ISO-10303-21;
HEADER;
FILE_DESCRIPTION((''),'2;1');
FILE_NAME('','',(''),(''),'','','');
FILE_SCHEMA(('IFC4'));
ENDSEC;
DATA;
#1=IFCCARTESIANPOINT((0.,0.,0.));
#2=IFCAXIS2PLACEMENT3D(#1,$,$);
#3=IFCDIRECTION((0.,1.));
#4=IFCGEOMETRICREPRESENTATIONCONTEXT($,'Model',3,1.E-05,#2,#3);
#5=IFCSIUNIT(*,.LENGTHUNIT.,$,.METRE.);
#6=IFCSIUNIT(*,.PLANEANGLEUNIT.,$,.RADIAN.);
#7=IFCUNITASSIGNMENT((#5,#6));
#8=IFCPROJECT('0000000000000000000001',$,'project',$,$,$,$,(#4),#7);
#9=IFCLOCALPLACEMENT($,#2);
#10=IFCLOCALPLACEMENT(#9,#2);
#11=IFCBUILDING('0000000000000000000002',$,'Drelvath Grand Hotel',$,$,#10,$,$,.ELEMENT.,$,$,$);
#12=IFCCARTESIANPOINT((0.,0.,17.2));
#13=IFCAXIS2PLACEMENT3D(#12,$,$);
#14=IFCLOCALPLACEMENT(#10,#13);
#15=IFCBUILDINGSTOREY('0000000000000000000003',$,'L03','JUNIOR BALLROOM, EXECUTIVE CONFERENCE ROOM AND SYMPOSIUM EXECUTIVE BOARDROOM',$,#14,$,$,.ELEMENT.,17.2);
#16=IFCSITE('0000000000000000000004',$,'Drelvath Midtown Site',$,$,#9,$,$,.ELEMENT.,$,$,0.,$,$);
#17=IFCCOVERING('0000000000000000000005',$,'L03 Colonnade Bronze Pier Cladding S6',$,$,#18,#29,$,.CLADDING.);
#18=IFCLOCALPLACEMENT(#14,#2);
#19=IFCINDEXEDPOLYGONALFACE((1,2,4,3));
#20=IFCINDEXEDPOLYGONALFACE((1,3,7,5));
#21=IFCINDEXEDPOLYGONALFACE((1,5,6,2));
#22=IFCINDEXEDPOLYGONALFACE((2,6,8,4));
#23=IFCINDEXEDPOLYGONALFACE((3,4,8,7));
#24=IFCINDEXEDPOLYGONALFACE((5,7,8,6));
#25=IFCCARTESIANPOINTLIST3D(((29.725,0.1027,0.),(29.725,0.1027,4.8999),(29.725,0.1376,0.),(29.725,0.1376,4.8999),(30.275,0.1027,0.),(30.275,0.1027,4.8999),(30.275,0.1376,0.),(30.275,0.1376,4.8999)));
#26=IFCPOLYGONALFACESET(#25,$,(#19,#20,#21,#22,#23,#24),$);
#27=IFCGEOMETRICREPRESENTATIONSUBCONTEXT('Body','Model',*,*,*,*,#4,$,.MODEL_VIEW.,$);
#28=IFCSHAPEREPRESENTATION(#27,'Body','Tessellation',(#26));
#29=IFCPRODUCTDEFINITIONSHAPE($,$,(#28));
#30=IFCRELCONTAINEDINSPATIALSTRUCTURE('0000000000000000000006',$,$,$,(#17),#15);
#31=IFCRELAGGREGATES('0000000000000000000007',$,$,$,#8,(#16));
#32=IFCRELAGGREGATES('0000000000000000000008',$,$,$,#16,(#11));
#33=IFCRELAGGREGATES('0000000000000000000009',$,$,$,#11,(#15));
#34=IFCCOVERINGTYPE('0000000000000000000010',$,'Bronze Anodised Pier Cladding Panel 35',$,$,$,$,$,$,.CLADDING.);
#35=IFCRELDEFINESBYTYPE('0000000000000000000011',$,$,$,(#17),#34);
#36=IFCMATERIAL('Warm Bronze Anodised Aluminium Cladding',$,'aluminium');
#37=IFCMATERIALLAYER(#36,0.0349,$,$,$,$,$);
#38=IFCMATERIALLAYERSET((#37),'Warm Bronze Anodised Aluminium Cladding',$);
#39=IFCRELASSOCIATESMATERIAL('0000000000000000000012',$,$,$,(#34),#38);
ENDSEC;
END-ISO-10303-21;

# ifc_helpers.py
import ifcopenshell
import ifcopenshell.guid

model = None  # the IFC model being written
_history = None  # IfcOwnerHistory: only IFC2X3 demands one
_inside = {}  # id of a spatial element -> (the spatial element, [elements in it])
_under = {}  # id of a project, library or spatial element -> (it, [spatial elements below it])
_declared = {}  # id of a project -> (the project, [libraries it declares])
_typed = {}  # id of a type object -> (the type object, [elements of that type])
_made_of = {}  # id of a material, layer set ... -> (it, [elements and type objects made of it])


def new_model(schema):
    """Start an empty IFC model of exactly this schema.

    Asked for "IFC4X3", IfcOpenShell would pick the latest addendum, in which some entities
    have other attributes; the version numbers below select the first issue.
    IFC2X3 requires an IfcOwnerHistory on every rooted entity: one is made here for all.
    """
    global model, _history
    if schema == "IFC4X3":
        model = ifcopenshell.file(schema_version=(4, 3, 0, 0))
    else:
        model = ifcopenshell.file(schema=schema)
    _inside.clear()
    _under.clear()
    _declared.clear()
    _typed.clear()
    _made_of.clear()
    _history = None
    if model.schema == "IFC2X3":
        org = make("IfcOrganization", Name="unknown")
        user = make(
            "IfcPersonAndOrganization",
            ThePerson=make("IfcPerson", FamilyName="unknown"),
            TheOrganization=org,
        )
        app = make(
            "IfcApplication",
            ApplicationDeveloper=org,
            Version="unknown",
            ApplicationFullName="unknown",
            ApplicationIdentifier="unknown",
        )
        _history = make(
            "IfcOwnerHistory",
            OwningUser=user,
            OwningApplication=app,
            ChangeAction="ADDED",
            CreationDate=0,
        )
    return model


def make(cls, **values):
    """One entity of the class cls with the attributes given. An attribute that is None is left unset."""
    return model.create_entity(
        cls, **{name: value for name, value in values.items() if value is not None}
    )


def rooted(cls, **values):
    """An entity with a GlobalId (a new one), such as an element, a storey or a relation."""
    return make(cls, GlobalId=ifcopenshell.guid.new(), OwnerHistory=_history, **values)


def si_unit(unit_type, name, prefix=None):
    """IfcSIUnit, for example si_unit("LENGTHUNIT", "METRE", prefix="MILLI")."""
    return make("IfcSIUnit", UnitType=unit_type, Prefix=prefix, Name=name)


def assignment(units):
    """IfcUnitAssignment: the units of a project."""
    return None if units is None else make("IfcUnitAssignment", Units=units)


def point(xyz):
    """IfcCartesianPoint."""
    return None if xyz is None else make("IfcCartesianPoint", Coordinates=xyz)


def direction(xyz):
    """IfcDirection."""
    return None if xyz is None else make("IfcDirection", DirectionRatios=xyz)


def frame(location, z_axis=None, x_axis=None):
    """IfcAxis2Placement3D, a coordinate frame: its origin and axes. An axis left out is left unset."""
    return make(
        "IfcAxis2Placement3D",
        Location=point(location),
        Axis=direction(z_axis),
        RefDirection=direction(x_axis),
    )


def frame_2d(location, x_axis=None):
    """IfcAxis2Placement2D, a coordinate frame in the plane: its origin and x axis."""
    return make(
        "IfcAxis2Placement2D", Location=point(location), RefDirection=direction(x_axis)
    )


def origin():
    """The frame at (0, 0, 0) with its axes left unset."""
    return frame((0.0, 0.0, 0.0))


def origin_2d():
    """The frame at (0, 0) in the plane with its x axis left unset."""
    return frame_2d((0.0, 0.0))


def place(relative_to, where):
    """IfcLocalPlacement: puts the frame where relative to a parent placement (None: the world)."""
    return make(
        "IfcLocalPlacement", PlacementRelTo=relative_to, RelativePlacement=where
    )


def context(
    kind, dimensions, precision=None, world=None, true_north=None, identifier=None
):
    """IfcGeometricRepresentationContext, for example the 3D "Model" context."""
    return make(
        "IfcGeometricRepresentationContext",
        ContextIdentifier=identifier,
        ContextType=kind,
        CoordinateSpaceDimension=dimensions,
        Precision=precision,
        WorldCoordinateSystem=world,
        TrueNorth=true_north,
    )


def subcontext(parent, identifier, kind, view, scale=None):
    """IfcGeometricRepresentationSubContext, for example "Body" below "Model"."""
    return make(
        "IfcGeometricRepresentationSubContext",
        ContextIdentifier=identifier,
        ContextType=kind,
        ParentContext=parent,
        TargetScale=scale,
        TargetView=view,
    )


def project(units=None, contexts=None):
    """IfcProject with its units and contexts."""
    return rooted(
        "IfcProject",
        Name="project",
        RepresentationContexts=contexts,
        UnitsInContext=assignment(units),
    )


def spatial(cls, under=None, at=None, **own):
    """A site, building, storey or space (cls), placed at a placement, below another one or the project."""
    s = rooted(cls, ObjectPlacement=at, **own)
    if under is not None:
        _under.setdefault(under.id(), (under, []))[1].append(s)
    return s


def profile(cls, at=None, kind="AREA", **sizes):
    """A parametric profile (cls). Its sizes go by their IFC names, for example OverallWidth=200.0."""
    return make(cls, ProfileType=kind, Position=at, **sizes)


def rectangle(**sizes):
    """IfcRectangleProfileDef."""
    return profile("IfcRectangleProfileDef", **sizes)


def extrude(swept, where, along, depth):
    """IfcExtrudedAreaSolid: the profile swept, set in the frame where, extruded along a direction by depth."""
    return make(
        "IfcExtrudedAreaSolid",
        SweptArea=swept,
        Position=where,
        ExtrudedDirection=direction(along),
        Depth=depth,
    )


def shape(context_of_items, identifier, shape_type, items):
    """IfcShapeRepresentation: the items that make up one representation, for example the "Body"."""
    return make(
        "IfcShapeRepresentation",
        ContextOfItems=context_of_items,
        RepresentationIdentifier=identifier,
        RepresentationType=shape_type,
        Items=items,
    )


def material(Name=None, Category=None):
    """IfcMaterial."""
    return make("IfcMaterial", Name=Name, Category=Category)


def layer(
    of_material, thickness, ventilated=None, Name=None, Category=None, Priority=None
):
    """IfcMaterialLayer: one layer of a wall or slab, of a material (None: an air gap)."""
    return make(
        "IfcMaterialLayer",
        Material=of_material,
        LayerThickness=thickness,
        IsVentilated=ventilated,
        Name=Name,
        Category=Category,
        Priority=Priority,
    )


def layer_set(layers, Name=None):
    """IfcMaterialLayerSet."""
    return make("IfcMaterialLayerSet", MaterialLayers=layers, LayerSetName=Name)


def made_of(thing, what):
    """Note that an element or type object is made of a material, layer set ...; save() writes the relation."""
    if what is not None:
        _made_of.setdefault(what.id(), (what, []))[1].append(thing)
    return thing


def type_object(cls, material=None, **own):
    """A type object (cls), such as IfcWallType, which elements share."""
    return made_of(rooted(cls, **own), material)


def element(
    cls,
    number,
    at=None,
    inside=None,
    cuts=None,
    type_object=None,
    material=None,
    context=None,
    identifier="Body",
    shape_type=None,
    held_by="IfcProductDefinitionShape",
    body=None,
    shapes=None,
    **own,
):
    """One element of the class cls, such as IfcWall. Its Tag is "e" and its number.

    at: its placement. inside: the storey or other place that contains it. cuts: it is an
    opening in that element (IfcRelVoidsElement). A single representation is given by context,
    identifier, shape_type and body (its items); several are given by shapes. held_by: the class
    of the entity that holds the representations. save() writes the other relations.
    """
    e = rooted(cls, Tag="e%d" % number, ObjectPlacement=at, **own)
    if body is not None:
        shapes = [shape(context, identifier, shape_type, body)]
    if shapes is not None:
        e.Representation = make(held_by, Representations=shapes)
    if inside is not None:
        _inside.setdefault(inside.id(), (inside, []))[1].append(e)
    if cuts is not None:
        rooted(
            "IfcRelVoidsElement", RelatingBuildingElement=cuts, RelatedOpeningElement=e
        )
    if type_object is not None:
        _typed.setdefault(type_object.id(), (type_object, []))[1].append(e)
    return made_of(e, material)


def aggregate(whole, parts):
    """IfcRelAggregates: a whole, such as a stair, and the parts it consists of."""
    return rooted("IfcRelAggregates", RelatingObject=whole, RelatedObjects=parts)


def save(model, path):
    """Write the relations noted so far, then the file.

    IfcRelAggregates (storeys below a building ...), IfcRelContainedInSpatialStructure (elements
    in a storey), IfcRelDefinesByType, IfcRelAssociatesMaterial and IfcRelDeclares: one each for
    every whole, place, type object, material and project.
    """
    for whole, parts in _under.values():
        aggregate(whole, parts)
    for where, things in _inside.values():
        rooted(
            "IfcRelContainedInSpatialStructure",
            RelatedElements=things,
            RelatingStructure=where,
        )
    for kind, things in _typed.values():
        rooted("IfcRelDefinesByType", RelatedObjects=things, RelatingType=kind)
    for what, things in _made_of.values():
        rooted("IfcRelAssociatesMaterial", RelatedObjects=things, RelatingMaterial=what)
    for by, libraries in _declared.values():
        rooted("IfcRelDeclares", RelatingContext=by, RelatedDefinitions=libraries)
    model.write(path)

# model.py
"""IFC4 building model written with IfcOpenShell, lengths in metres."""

from ifc_helpers import new_model, si_unit, direction, frame, origin, origin_2d, place, context, subcontext, project, spatial, rectangle, extrude, material, layer, layer_set, type_object, element, save


model = new_model("IFC4")

# Units and contexts
model_context = context("Model", 3, precision=1e-05, world=origin(), true_north=direction((0.0, 1.0)))
body_context = subcontext(model_context, "Body", "Model", "MODEL_VIEW")
ifc_project = project(units=[si_unit("LENGTHUNIT", "METRE"), si_unit("PLANEANGLEUNIT", "RADIAN")], contexts=[model_context])

# Site, building, storey
site_placement = place(None, origin())
site = spatial("IfcSite", under=ifc_project, at=site_placement, Name="Drelvath Midtown Site", CompositionType="ELEMENT", RefElevation=0.0)
building_placement = place(site_placement, origin())
building = spatial("IfcBuilding", under=site, at=building_placement, Name="Drelvath Grand Hotel", CompositionType="ELEMENT")
storey_placement = place(building_placement, frame((0.0, 0.0, 17.2)))
storey = spatial("IfcBuildingStorey", under=building, at=storey_placement, Name="L03", Description="JUNIOR BALLROOM, EXECUTIVE CONFERENCE ROOM AND SYMPOSIUM EXECUTIVE BOARDROOM", CompositionType="ELEMENT", Elevation=17.2)

# Covering
ifc_material_1 = material(Name="Warm Bronze Anodised Aluminium Cladding", Category="aluminium")
ifc_layer_1 = layer(ifc_material_1, 0.0349)
ifc_layer_set_1 = layer_set([ifc_layer_1], Name="Warm Bronze Anodised Aluminium Cladding")
covering_type = type_object("IfcCoveringType", Name="Bronze Anodised Pier Cladding Panel 35", PredefinedType="CLADDING", material=ifc_layer_set_1)
covering_placement = place(storey_placement, frame((30.0, 0.1201, 0.0), z_axis=(0.0, 0.0, 1.0), x_axis=(1.0, 0.0, 0.0)))
element("IfcCovering", 1, at=covering_placement, inside=storey, type_object=covering_type, Name="L03 Colonnade Bronze Pier Cladding S6", PredefinedType="CLADDING", context=body_context, shape_type="SweptSolid", body=[
    extrude(rectangle(XDim=0.55, YDim=0.0349, at=origin_2d()), origin(), (0.0, 0.0, 1.0), 4.8999),
])

save(model, "model.ifc")
